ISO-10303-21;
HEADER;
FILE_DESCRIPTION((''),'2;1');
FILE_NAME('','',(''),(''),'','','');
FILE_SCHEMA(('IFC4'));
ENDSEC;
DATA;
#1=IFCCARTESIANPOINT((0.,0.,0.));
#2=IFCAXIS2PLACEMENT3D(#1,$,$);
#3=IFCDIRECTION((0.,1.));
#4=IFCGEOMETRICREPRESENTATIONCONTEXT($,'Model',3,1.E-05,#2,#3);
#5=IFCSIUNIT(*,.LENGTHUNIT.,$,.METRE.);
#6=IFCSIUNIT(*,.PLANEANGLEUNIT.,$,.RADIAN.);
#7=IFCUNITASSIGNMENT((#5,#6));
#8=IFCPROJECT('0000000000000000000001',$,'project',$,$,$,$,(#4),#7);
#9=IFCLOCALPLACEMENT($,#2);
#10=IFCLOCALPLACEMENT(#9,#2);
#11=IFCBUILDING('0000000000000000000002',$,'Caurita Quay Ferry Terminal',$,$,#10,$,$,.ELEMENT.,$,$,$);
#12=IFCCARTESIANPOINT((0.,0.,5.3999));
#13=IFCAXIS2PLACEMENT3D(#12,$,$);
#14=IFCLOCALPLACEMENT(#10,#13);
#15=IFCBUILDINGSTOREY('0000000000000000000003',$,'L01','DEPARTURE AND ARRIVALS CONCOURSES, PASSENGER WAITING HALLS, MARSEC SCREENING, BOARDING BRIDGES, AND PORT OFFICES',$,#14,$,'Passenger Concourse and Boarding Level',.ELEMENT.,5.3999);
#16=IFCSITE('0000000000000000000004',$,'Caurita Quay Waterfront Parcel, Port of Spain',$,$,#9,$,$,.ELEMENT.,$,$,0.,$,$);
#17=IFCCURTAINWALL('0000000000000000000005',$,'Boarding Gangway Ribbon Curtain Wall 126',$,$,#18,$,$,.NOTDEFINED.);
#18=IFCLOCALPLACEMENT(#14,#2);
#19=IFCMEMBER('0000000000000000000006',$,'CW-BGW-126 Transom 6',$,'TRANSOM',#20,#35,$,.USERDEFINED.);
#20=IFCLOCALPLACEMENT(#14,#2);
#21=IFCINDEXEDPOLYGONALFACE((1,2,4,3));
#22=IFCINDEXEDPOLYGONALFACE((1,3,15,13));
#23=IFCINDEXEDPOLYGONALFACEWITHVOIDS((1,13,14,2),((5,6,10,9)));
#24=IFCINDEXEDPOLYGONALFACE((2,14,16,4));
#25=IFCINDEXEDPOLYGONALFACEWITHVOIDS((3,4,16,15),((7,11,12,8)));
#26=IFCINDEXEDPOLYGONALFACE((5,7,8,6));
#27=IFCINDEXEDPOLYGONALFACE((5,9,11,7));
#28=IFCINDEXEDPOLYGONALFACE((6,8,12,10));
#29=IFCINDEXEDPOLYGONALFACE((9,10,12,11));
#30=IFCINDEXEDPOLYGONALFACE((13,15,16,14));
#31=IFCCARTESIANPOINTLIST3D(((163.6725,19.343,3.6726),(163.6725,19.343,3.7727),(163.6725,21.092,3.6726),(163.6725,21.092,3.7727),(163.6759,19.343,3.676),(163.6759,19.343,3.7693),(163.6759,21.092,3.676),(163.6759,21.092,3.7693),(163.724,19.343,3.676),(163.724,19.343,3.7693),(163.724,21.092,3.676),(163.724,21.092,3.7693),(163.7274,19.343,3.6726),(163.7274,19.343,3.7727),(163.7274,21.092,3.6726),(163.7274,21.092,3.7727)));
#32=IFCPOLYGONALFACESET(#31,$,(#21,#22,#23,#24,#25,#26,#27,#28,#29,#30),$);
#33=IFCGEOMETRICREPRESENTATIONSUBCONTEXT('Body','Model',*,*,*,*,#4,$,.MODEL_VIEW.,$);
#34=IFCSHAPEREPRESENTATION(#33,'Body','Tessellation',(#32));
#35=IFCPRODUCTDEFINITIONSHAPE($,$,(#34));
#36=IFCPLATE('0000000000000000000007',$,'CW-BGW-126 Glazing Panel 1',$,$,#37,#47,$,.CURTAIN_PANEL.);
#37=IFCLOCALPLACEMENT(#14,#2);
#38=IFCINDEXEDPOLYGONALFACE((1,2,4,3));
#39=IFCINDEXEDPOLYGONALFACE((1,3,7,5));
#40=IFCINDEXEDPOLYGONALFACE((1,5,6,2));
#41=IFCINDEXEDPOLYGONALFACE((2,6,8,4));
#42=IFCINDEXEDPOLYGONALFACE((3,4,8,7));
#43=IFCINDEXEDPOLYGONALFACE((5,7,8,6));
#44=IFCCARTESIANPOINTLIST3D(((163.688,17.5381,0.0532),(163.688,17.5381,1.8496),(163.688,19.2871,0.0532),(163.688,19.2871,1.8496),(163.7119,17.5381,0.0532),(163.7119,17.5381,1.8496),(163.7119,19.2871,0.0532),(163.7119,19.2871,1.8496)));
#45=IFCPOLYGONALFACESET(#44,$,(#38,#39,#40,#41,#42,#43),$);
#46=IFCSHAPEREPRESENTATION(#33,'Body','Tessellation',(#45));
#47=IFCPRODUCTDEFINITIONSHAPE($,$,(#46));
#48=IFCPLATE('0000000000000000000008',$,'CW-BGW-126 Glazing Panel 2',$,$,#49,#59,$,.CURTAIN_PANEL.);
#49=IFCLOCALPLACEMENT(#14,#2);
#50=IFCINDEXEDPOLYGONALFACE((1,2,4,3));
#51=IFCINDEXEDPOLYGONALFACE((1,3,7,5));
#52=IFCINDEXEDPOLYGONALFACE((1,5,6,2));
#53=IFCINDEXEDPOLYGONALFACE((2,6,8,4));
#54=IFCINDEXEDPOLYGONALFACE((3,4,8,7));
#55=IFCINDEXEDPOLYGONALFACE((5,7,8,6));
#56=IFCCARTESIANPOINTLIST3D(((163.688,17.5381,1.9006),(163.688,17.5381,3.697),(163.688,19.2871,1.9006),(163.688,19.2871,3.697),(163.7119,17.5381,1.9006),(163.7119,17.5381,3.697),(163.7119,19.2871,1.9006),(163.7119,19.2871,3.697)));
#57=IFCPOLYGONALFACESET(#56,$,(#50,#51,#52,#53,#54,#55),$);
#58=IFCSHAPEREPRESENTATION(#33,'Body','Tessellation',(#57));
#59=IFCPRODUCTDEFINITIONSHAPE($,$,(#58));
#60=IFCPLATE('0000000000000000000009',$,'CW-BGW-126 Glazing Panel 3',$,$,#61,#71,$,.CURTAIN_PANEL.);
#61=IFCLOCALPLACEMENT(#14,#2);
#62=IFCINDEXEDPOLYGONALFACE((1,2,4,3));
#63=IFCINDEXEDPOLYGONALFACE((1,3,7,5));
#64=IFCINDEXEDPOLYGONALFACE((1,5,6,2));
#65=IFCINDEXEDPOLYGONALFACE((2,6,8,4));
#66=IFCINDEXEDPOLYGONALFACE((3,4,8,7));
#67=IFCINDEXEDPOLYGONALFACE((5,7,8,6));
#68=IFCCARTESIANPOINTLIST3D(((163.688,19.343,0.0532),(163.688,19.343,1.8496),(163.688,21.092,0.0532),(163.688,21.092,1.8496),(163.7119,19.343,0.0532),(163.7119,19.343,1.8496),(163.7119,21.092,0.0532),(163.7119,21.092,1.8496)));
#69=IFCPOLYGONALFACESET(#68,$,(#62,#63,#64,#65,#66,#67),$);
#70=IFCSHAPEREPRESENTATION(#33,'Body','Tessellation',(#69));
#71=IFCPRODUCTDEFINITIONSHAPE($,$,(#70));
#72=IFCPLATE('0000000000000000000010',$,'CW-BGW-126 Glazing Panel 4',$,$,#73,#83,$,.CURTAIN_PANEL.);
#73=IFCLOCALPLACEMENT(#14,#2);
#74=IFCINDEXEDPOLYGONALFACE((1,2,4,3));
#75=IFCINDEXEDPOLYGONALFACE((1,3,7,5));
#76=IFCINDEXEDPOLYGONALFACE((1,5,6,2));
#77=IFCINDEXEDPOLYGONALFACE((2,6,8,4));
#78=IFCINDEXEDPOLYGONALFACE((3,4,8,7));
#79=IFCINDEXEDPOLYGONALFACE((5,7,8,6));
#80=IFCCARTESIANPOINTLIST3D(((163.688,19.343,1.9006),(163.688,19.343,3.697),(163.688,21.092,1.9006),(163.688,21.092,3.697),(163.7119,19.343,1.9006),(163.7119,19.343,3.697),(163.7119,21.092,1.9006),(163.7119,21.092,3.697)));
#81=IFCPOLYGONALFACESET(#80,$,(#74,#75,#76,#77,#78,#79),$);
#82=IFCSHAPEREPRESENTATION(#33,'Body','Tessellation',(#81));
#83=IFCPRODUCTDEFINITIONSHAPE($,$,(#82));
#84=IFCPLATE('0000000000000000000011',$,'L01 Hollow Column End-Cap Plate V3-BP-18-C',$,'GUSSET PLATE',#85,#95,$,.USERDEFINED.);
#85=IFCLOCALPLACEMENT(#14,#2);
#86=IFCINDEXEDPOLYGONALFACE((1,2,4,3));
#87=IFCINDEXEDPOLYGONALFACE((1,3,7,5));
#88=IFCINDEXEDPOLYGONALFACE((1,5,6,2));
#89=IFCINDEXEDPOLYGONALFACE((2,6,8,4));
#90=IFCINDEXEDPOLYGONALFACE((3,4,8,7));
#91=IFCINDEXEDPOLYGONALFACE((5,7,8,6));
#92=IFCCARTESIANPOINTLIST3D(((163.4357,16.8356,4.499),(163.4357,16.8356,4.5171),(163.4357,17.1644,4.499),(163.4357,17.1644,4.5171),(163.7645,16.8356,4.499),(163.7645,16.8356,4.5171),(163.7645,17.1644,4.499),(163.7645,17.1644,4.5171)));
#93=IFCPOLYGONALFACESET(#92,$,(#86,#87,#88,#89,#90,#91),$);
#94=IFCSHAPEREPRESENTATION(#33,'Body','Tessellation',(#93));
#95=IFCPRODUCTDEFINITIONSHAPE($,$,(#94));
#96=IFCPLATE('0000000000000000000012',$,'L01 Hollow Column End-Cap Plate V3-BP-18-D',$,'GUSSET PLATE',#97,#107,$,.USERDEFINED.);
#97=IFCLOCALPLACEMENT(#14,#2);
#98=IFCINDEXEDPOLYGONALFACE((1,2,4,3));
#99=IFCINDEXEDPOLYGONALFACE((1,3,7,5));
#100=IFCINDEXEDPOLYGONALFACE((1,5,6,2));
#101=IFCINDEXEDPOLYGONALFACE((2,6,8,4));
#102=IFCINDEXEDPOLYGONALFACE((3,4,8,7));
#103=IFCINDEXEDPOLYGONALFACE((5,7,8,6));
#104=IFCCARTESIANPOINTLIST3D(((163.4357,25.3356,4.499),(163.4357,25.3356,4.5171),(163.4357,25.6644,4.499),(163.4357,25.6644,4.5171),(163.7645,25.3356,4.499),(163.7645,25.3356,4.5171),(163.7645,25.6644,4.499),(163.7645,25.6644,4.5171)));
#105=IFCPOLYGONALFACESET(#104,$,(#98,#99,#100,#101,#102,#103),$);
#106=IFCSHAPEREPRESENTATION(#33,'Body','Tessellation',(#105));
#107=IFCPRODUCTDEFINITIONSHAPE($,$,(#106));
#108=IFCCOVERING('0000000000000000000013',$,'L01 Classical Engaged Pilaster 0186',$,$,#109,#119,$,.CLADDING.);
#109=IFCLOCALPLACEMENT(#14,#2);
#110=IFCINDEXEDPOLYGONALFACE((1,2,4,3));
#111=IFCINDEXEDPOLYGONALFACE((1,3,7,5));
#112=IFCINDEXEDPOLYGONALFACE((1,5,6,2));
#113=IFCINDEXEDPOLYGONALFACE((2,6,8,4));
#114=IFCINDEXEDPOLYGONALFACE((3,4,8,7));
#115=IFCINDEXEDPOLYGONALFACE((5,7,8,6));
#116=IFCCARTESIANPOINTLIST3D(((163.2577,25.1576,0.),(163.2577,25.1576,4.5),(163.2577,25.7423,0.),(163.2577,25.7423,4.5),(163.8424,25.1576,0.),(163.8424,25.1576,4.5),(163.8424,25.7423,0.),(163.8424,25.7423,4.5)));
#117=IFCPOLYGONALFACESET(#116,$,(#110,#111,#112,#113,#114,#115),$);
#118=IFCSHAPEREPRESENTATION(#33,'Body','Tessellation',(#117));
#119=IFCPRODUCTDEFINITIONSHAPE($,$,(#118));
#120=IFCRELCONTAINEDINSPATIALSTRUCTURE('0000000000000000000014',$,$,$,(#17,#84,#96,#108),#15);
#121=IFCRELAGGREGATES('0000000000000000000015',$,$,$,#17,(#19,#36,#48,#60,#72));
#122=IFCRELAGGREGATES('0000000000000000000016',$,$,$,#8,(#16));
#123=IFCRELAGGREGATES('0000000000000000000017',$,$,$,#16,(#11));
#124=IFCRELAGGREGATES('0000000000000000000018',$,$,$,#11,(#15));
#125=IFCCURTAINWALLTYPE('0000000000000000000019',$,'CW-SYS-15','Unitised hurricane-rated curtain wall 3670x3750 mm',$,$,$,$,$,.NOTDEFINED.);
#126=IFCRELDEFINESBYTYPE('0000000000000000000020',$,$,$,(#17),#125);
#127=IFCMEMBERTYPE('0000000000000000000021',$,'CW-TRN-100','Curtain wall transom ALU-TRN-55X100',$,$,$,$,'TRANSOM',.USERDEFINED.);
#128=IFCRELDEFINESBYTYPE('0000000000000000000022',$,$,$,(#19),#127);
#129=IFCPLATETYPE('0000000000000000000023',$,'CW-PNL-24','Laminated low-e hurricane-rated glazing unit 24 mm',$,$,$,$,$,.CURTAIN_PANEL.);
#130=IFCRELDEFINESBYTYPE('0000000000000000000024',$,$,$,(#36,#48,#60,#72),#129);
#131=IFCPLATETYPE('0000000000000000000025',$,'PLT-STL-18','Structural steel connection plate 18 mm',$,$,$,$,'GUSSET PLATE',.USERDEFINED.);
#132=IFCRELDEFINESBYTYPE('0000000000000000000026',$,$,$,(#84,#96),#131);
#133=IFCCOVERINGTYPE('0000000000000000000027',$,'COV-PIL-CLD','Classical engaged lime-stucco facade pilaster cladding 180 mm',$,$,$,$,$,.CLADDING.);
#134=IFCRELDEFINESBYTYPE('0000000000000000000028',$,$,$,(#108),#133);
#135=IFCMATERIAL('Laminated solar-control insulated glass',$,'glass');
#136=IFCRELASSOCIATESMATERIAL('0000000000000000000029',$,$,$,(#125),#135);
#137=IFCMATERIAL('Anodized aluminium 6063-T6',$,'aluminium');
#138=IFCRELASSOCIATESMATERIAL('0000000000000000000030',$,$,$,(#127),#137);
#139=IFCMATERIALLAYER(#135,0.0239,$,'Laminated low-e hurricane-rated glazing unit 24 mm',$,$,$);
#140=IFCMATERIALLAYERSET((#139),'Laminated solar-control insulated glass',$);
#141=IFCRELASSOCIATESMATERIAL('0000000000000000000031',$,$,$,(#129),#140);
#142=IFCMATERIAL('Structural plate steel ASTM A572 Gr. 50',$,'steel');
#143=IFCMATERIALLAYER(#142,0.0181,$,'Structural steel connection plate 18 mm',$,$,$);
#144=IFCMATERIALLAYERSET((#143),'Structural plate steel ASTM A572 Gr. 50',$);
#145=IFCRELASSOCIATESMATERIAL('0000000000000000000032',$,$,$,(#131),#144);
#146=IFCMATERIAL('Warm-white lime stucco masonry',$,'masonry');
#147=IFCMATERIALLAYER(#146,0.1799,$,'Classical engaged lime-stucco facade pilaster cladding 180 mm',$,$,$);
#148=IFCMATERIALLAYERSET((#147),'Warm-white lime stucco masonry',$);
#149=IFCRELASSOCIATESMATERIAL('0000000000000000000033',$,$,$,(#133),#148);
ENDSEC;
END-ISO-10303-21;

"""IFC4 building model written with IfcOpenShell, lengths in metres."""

from ifc_helpers import new_model, si_unit, direction, frame, origin, origin_2d, place, context, subcontext, project, spatial, rectangle, hollow_rectangle, extrude, material, layer, layer_set, material_profile, profile_set, type_object, element, aggregate, save


model = new_model("IFC4")

# Units and contexts
model_context = context("Model", 3, precision=1e-05, world=origin(), true_north=direction((0.0, 1.0)))
body_context = subcontext(model_context, "Body", "Model", "MODEL_VIEW")
ifc_project = project(units=[si_unit("LENGTHUNIT", "METRE"), si_unit("PLANEANGLEUNIT", "RADIAN")], contexts=[model_context])

# Site, building, storey
site_placement = place(None, origin())
site = spatial("IfcSite", under=ifc_project, at=site_placement, Name="Caurita Quay Waterfront Parcel, Port of Spain", CompositionType="ELEMENT", RefElevation=0.0)
building_placement = place(site_placement, origin())
building = spatial("IfcBuilding", under=site, at=building_placement, Name="Caurita Quay Ferry Terminal", CompositionType="ELEMENT")
storey_placement = place(building_placement, frame((0.0, 0.0, 5.3999)))
storey = spatial("IfcBuildingStorey", under=building, at=storey_placement, Name="L01", Description="DEPARTURE AND ARRIVALS CONCOURSES, PASSENGER WAITING HALLS, MARSEC SCREENING, BOARDING BRIDGES, AND PORT OFFICES", LongName="Passenger Concourse and Boarding Level", CompositionType="ELEMENT", Elevation=5.3999)

# Curtain wall, member, plates
ifc_material_1 = material(Name="Laminated solar-control insulated glass", Category="glass")
curtain_wall_type = type_object("IfcCurtainWallType", Name="CW-SYS-15", Description="Unitised hurricane-rated curtain wall 3670x3750 mm", PredefinedType="NOTDEFINED", material=ifc_material_1)
curtain_wall_placement = place(storey_placement, origin())
curtain_wall = element("IfcCurtainWall", 1, at=curtain_wall_placement, inside=storey, type_object=curtain_wall_type, Name="Boarding Gangway Ribbon Curtain Wall 126", PredefinedType="NOTDEFINED")
ifc_material_2 = material(Name="Anodized aluminium 6063-T6", Category="aluminium")
ifc_material_profile_1 = material_profile(ifc_material_2, hollow_rectangle(XDim=0.0549, YDim=0.1001, WallThickness=0.0034, at=origin_2d()), Name="ALU-TRN-55X100")
ifc_profile_set_1 = profile_set([ifc_material_profile_1], Name="Anodized aluminium 6063-T6")
member_type_1 = type_object("IfcMemberType", Name="CW-TRN-100", Description="Curtain wall transom ALU-TRN-55X100", ElementType="TRANSOM", PredefinedType="USERDEFINED", material=ifc_profile_set_1)
member_1_placement = place(storey_placement, frame((163.7, 19.343, 3.7227), z_axis=(0.0, 1.0, 0.0), x_axis=(-1.0, 0.0, 0.0)))
member_1 = element("IfcMember", 2, at=member_1_placement, type_object=member_type_1, Name="CW-BGW-126 Transom 6", ObjectType="TRANSOM", PredefinedType="USERDEFINED", context=body_context, shape_type="SweptSolid", body=[
    extrude(hollow_rectangle(XDim=0.0549, YDim=0.1001, WallThickness=0.0034, at=origin_2d()), origin(), (0.0, 0.0, 1.0), 1.749),
])
ifc_layer_1 = layer(ifc_material_1, 0.0239, Name="Laminated low-e hurricane-rated glazing unit 24 mm")
ifc_layer_set_1 = layer_set([ifc_layer_1], Name="Laminated solar-control insulated glass")
plate_type_1 = type_object("IfcPlateType", Name="CW-PNL-24", Description="Laminated low-e hurricane-rated glazing unit 24 mm", PredefinedType="CURTAIN_PANEL", material=ifc_layer_set_1)
plate_1_placement = place(storey_placement, frame((163.7, 18.4126, 0.0532), z_axis=(0.0, 0.0, 1.0), x_axis=(0.0, 1.0, 0.0)))
plate_1 = element("IfcPlate", 3, at=plate_1_placement, type_object=plate_type_1, Name="CW-BGW-126 Glazing Panel 1", PredefinedType="CURTAIN_PANEL", context=body_context, shape_type="SweptSolid", body=[
    extrude(rectangle(XDim=1.749, YDim=0.0239, at=origin_2d()), origin(), (0.0, 0.0, 1.0), 1.7964),
])
plate_2_placement = place(storey_placement, frame((163.7, 18.4126, 1.9006), z_axis=(0.0, 0.0, 1.0), x_axis=(0.0, 1.0, 0.0)))
plate_2 = element("IfcPlate", 4, at=plate_2_placement, type_object=plate_type_1, Name="CW-BGW-126 Glazing Panel 2", PredefinedType="CURTAIN_PANEL", context=body_context, shape_type="SweptSolid", body=[
    extrude(rectangle(XDim=1.749, YDim=0.0239, at=origin_2d()), origin(), (0.0, 0.0, 1.0), 1.7964),
])
plate_3_placement = place(storey_placement, frame((163.7, 20.2175, 0.0532), z_axis=(0.0, 0.0, 1.0), x_axis=(0.0, 1.0, 0.0)))
plate_3 = element("IfcPlate", 5, at=plate_3_placement, type_object=plate_type_1, Name="CW-BGW-126 Glazing Panel 3", PredefinedType="CURTAIN_PANEL", context=body_context, shape_type="SweptSolid", body=[
    extrude(rectangle(XDim=1.749, YDim=0.0239, at=origin_2d()), origin(), (0.0, 0.0, 1.0), 1.7964),
])
plate_4_placement = place(storey_placement, frame((163.7, 20.2175, 1.9006), z_axis=(0.0, 0.0, 1.0), x_axis=(0.0, 1.0, 0.0)))
plate_4 = element("IfcPlate", 6, at=plate_4_placement, type_object=plate_type_1, Name="CW-BGW-126 Glazing Panel 4", PredefinedType="CURTAIN_PANEL", context=body_context, shape_type="SweptSolid", body=[
    extrude(rectangle(XDim=1.749, YDim=0.0239, at=origin_2d()), origin(), (0.0, 0.0, 1.0), 1.7964),
])
aggregate(curtain_wall, [member_1, plate_1, plate_2, plate_3, plate_4])

# Plates
ifc_material_3 = material(Name="Structural plate steel ASTM A572 Gr. 50", Category="steel")
ifc_layer_2 = layer(ifc_material_3, 0.0181, Name="Structural steel connection plate 18 mm")
ifc_layer_set_2 = layer_set([ifc_layer_2], Name="Structural plate steel ASTM A572 Gr. 50")
plate_type_2 = type_object("IfcPlateType", Name="PLT-STL-18", Description="Structural steel connection plate 18 mm", ElementType="GUSSET PLATE", PredefinedType="USERDEFINED", material=ifc_layer_set_2)
for number, where, z_axis, x_axis, name in (
    (7, (163.6001, 17.0, 4.499), (0.0, 0.0, 1.0), (1.0, 0.0, 0.0), "L01 Hollow Column End-Cap Plate V3-BP-18-C"),
    (8, (163.6001, 25.5, 4.499), (0.0, 0.0, 1.0), (1.0, 0.0, 0.0), "L01 Hollow Column End-Cap Plate V3-BP-18-D"),
):
    element("IfcPlate", number, at=place(storey_placement, frame(where, z_axis=z_axis, x_axis=x_axis)), inside=storey, type_object=plate_type_2, Name=name, ObjectType="GUSSET PLATE", PredefinedType="USERDEFINED", context=body_context, shape_type="SweptSolid", body=[
        extrude(rectangle(XDim=0.3289, YDim=0.3289, at=origin_2d()), origin(), (0.0, 0.0, 1.0), 0.0181),
    ])

# Covering
ifc_material_4 = material(Name="Warm-white lime stucco masonry", Category="masonry")
ifc_layer_3 = layer(ifc_material_4, 0.1799, Name="Classical engaged lime-stucco facade pilaster cladding 180 mm")
ifc_layer_set_3 = layer_set([ifc_layer_3], Name="Warm-white lime stucco masonry")
covering_type = type_object("IfcCoveringType", Name="COV-PIL-CLD", Description="Classical engaged lime-stucco facade pilaster cladding 180 mm", PredefinedType="CLADDING", material=ifc_layer_set_3)
covering_placement = place(storey_placement, frame((163.55, 25.45, 0.0), z_axis=(0.0, 0.0, 1.0), x_axis=(1.0, 0.0, 0.0)))
element("IfcCovering", 9, at=covering_placement, inside=storey, type_object=covering_type, Name="L01 Classical Engaged Pilaster 0186", PredefinedType="CLADDING", context=body_context, shape_type="SweptSolid", body=[
    extrude(rectangle(XDim=0.5847, YDim=0.5847, at=origin_2d()), origin(), (0.0, 0.0, 1.0), 4.5),
])

save(model, "model.ifc")
